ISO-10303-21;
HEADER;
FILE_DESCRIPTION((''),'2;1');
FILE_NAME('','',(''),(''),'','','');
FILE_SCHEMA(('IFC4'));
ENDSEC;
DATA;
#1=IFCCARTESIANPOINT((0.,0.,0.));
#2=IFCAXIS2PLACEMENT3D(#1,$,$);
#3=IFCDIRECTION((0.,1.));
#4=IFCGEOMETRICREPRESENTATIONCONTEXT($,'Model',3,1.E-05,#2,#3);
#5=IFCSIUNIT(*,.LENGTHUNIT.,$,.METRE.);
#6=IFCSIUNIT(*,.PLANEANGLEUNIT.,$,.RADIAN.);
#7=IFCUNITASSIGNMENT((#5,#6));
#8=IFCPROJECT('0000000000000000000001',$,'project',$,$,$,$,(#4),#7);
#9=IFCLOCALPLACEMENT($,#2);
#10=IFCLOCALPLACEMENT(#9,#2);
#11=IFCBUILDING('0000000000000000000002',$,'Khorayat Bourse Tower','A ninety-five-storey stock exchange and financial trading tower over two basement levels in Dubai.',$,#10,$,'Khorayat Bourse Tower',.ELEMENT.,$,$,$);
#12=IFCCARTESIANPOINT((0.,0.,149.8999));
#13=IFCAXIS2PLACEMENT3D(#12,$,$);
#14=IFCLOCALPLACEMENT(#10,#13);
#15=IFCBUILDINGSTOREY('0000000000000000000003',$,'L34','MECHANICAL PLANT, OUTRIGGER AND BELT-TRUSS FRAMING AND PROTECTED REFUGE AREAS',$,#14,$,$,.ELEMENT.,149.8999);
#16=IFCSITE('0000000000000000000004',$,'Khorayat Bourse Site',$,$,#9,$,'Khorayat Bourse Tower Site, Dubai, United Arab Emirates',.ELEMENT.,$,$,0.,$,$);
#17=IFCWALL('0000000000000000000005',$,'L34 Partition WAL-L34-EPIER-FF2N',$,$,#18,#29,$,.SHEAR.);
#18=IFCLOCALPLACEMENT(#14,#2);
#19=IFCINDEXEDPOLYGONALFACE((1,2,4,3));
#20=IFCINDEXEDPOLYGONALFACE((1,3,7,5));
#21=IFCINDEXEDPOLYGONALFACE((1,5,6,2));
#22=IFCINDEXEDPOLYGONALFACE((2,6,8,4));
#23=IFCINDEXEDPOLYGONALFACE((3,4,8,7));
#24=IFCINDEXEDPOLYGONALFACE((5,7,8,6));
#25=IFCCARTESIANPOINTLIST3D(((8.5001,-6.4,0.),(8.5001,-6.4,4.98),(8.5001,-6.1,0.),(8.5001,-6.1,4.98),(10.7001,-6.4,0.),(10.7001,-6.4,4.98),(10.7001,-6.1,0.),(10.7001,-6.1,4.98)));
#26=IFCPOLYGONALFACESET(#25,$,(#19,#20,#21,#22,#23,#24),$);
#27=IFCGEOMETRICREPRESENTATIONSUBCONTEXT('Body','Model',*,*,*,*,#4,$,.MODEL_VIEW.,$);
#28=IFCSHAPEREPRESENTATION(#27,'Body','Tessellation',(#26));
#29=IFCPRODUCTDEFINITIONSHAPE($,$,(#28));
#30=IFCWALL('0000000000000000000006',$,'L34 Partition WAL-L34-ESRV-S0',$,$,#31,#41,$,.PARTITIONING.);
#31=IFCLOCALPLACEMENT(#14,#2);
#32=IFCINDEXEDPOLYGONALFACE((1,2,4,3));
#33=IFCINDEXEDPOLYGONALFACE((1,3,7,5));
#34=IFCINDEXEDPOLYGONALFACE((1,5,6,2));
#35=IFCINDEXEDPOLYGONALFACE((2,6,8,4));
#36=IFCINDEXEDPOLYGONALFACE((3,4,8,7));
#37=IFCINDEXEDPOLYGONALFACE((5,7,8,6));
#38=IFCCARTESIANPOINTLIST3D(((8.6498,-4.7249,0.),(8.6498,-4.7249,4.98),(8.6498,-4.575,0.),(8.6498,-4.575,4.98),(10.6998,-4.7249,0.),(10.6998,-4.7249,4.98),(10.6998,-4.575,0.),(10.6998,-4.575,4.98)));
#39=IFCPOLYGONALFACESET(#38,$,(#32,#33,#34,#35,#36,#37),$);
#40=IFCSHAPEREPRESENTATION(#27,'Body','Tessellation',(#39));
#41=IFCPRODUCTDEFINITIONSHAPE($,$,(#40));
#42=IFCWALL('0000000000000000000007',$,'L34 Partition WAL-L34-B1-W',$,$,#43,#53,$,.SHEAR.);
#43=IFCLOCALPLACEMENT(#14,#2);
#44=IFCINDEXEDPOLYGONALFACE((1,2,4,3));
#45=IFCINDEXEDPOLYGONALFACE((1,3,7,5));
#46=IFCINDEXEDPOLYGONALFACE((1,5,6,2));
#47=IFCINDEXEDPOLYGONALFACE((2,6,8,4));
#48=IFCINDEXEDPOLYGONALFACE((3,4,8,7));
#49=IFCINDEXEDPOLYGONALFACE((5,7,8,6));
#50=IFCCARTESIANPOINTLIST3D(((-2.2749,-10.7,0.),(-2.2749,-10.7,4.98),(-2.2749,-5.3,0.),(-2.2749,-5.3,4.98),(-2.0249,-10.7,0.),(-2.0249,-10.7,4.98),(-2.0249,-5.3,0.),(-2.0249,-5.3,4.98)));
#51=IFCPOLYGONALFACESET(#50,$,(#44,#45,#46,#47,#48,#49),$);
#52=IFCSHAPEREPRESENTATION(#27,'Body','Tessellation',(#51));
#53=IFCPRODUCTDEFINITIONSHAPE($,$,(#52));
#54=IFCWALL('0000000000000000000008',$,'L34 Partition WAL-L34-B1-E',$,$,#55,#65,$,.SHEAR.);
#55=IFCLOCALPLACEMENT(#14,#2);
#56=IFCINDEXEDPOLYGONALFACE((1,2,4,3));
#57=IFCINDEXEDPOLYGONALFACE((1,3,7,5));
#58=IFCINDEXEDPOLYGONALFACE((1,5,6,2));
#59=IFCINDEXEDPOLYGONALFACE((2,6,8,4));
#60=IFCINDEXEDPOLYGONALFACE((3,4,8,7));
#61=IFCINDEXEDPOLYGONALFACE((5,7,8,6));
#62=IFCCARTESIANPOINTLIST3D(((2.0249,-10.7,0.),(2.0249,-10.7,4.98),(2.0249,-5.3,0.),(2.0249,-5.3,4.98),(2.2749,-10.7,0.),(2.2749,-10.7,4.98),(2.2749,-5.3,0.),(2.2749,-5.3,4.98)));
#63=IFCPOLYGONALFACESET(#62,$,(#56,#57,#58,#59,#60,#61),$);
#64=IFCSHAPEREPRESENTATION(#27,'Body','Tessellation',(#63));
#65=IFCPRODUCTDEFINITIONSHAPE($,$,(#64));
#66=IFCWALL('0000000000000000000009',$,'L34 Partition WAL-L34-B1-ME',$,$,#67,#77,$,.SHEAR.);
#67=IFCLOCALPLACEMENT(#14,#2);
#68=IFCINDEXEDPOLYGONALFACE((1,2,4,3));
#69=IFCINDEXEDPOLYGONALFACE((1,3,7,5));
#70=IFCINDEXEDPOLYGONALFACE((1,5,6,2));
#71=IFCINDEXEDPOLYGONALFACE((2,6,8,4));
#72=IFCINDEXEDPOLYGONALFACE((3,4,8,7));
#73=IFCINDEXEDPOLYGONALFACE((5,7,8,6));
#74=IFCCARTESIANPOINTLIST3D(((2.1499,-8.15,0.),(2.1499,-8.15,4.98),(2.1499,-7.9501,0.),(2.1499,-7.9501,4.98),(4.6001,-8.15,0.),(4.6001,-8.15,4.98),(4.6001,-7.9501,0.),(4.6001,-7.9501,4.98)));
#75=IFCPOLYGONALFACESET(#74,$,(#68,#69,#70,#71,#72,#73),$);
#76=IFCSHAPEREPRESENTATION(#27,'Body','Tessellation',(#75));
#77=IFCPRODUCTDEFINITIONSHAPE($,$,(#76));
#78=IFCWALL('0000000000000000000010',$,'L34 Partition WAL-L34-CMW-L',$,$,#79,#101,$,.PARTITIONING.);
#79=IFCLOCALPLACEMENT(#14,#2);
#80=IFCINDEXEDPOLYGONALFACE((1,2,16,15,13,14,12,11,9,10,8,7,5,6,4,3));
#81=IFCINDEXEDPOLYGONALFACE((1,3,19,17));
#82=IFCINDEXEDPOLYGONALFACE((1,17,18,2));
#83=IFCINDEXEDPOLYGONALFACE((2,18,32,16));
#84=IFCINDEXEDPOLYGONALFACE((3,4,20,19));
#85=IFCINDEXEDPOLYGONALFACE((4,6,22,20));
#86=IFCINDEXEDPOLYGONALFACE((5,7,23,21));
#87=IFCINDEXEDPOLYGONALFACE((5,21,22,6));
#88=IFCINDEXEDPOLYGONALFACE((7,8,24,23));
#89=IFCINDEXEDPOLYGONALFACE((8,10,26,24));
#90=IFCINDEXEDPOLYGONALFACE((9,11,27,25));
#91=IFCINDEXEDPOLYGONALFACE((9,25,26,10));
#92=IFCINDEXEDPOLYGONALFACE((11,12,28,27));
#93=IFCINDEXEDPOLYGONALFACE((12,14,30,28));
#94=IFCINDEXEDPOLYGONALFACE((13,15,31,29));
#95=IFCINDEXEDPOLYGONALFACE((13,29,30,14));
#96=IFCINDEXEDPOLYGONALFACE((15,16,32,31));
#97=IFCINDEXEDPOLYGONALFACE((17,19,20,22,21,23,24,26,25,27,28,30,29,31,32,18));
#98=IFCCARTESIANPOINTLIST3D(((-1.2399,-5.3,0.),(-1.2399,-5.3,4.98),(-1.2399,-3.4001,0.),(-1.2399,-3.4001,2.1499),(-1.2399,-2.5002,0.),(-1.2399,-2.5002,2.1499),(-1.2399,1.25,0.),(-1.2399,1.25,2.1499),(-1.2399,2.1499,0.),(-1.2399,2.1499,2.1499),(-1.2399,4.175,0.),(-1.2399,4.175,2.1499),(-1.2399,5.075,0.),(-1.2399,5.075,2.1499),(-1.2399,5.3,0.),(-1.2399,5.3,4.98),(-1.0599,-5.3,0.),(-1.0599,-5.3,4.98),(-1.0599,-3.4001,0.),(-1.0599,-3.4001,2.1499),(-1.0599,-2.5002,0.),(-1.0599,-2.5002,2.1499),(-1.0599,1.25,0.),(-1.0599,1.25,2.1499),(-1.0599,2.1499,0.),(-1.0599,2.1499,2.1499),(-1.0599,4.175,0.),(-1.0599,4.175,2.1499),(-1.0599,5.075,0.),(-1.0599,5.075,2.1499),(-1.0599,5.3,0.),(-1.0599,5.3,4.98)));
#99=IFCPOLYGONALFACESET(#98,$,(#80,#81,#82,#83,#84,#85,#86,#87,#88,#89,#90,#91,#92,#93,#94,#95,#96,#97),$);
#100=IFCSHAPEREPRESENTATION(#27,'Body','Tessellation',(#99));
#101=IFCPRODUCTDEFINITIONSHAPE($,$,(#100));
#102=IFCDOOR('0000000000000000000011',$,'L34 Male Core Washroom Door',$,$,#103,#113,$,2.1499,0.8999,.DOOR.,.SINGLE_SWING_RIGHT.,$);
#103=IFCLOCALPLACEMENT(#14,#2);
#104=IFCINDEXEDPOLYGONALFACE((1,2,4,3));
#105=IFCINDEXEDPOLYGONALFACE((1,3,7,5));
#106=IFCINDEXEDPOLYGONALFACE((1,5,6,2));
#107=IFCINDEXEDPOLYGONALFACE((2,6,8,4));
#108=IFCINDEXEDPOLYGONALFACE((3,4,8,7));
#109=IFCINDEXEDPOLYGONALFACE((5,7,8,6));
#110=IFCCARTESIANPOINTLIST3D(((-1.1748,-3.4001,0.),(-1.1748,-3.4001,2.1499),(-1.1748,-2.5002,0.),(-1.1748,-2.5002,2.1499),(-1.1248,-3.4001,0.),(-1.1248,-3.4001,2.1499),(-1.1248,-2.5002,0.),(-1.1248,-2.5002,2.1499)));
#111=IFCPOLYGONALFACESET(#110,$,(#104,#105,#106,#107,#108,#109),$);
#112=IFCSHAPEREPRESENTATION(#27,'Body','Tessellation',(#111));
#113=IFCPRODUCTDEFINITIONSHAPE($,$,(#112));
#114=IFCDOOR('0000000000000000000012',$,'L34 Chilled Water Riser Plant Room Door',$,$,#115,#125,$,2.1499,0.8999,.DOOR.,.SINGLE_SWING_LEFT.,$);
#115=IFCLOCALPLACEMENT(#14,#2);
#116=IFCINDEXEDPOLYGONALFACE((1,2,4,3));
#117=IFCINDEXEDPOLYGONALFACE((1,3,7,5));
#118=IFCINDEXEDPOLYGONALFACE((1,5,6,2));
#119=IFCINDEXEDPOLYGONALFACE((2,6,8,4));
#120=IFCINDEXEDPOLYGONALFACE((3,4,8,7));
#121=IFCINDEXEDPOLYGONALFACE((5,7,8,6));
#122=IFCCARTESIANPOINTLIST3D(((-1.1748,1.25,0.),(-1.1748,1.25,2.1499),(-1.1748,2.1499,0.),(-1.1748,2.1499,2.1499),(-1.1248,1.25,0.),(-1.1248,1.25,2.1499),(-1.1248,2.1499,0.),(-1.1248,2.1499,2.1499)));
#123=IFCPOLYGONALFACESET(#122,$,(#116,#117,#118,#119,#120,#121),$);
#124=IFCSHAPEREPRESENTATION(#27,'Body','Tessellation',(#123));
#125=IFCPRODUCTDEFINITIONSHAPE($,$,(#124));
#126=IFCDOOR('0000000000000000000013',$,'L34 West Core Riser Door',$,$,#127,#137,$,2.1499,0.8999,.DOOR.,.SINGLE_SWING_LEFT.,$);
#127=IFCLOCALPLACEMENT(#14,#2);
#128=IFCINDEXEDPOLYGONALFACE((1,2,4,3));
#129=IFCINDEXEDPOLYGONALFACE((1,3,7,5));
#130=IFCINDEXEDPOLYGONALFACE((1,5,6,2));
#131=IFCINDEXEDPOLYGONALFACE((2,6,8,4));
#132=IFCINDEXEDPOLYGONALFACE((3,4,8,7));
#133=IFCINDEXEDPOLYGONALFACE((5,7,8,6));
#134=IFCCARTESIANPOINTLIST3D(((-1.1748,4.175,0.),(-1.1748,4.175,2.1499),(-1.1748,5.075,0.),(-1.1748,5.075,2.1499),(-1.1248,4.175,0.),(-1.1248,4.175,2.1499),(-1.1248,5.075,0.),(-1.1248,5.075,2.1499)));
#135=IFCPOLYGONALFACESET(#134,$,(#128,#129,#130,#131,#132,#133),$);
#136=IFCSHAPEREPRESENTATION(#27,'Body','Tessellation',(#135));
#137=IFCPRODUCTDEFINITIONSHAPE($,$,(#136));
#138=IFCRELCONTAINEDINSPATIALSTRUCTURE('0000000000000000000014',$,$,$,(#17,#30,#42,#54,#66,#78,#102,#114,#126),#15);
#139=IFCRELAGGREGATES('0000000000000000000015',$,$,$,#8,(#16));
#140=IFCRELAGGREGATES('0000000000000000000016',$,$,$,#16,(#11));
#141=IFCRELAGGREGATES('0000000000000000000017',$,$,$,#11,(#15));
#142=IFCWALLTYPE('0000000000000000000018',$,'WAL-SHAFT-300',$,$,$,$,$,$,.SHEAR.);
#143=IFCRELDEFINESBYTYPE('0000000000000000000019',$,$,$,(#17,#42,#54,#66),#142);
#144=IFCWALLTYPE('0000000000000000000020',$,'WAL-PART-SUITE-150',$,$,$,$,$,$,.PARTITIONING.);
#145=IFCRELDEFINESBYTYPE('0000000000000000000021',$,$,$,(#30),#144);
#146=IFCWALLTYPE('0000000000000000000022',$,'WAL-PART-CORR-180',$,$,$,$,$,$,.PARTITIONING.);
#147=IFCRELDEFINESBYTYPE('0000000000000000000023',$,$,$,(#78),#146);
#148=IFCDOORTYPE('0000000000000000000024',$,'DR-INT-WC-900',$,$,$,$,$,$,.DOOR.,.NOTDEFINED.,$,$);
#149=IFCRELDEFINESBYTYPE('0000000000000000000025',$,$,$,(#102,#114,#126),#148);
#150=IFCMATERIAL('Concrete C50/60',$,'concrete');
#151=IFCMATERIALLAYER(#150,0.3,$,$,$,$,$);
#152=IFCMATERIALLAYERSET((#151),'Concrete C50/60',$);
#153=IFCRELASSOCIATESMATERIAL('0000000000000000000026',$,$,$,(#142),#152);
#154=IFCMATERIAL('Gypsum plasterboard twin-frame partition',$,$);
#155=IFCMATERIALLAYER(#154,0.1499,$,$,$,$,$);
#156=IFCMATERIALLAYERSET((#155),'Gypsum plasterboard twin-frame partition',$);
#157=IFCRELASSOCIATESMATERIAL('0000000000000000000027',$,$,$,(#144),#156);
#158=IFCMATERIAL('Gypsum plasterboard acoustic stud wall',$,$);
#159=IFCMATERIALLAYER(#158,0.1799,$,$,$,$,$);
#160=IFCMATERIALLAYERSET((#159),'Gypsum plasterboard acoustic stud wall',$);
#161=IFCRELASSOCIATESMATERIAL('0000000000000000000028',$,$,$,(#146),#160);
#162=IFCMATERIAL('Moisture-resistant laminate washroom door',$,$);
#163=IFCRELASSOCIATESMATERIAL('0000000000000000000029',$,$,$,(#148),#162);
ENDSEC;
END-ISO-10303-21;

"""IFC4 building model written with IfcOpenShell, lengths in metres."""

from ifc_helpers import new_model, si_unit, direction, frame, frame_2d, origin, place, context, subcontext, project, spatial, rectangle, extrude, source, transform, mapped, material, layer, layer_set, type_object, element, fill, save


model = new_model("IFC4")

# Units and contexts
model_context = context("Model", 3, precision=1e-05, world=origin(), true_north=direction((0.0, 1.0)))
body_context = subcontext(model_context, "Body", "Model", "MODEL_VIEW")
ifc_project = project(units=[si_unit("LENGTHUNIT", "METRE"), si_unit("PLANEANGLEUNIT", "RADIAN")], contexts=[model_context])

# Site, building, storey
site_placement = place(None, origin())
site = spatial("IfcSite", under=ifc_project, at=site_placement, Name="Khorayat Bourse Site", LongName="Khorayat Bourse Tower Site, Dubai, United Arab Emirates", CompositionType="ELEMENT", RefElevation=0.0)
building_placement = place(site_placement, origin())
building = spatial("IfcBuilding", under=site, at=building_placement, Name="Khorayat Bourse Tower", Description="A ninety-five-storey stock exchange and financial trading tower over two basement levels in Dubai.", LongName="Khorayat Bourse Tower", CompositionType="ELEMENT")
storey_placement = place(building_placement, frame((0.0, 0.0, 149.8999)))
storey = spatial("IfcBuildingStorey", under=building, at=storey_placement, Name="L34", Description="MECHANICAL PLANT, OUTRIGGER AND BELT-TRUSS FRAMING AND PROTECTED REFUGE AREAS", CompositionType="ELEMENT", Elevation=149.8999)

# Walls
ifc_material_1 = material(Name="Concrete C50/60", Category="concrete")
ifc_layer_1 = layer(ifc_material_1, 0.3)
ifc_layer_set_1 = layer_set([ifc_layer_1], Name="Concrete C50/60")
wall_type_1 = type_object("IfcWallType", Name="WAL-SHAFT-300", PredefinedType="SHEAR", material=ifc_layer_set_1)
shared_shape_1 = source(origin(), body_context, "Body", "SweptSolid", [
    extrude(rectangle(XDim=2.2, YDim=0.3, at=frame_2d((1.1001, 0.0))), origin(), (0.0, 0.0, 1.0), 4.98),
])
for number, where, z_axis, x_axis, name in (
    (1, (8.5, -6.25, 0.0), (0.0, 0.0, 1.0), (1.0, 0.0, 0.0), "L34 Partition WAL-L34-EPIER-FF2N"),
):
    element("IfcWall", number, at=place(storey_placement, frame(where, z_axis=z_axis, x_axis=x_axis)), inside=storey, type_object=wall_type_1, Name=name, PredefinedType="SHEAR", context=body_context, shape_type="MappedRepresentation", body=[
        mapped(shared_shape_1, transform((0.0, 0.0, 0.0), scale=1.0)),
    ])
ifc_material_2 = material(Name="Gypsum plasterboard twin-frame partition")
ifc_layer_2 = layer(ifc_material_2, 0.1499)
ifc_layer_set_2 = layer_set([ifc_layer_2], Name="Gypsum plasterboard twin-frame partition")
wall_type_2 = type_object("IfcWallType", Name="WAL-PART-SUITE-150", PredefinedType="PARTITIONING", material=ifc_layer_set_2)
shared_shape_2 = source(origin(), body_context, "Body", "SweptSolid", [
    extrude(rectangle(XDim=2.05, YDim=0.1499, at=frame_2d((1.0249, 0.0))), origin(), (0.0, 0.0, 1.0), 4.98),
])
wall_1_placement = place(storey_placement, frame((8.6499, -4.6499, 0.0), z_axis=(0.0, 0.0, 1.0), x_axis=(1.0, 0.0, 0.0)))
element("IfcWall", 2, at=wall_1_placement, inside=storey, type_object=wall_type_2, Name="L34 Partition WAL-L34-ESRV-S0", PredefinedType="PARTITIONING", context=body_context, shape_type="MappedRepresentation", body=[
    mapped(shared_shape_2, transform((0.0, 0.0, 0.0), scale=1.0)),
])
shared_shape_3 = source(origin(), body_context, "Body", "SweptSolid", [
    extrude(rectangle(XDim=5.3999, YDim=0.25, at=frame_2d((2.7, 0.0))), origin(), (0.0, 0.0, 1.0), 4.98),
])
for number, where, z_axis, x_axis, name in (
    (3, (-2.1499, -10.7, 0.0), (0.0, 0.0, 1.0), (0.0, 1.0, 0.0), "L34 Partition WAL-L34-B1-W"),
    (4, (2.1499, -10.7, 0.0), (0.0, 0.0, 1.0), (0.0, 1.0, 0.0), "L34 Partition WAL-L34-B1-E"),
):
    element("IfcWall", number, at=place(storey_placement, frame(where, z_axis=z_axis, x_axis=x_axis)), inside=storey, type_object=wall_type_1, Name=name, PredefinedType="SHEAR", context=body_context, shape_type="MappedRepresentation", body=[
        mapped(shared_shape_3, transform((0.0, 0.0, 0.0), scale=1.0)),
    ])
shared_shape_4 = source(origin(), body_context, "Body", "SweptSolid", [
    extrude(rectangle(XDim=2.4502, YDim=0.2, at=frame_2d((1.2251, 0.0))), origin(), (0.0, 0.0, 1.0), 4.98),
])
wall_2_placement = place(storey_placement, frame((2.1499, -8.05, 0.0), z_axis=(0.0, 0.0, 1.0), x_axis=(1.0, 0.0, 0.0)))
element("IfcWall", 5, at=wall_2_placement, inside=storey, type_object=wall_type_1, Name="L34 Partition WAL-L34-B1-ME", PredefinedType="SHEAR", context=body_context, shape_type="MappedRepresentation", body=[
    mapped(shared_shape_4, transform((0.0, 0.0, 0.0), scale=1.0)),
])

# Wall, openings, doors
ifc_material_3 = material(Name="Gypsum plasterboard acoustic stud wall")
ifc_layer_3 = layer(ifc_material_3, 0.1799)
ifc_layer_set_3 = layer_set([ifc_layer_3], Name="Gypsum plasterboard acoustic stud wall")
wall_type_3 = type_object("IfcWallType", Name="WAL-PART-CORR-180", PredefinedType="PARTITIONING", material=ifc_layer_set_3)
shared_shape_5 = source(origin(), body_context, "Body", "SweptSolid", [
    extrude(rectangle(XDim=10.6001, YDim=0.1799, at=frame_2d((5.3, 0.0))), origin(), (0.0, 0.0, 1.0), 4.98),
])
wall_3_placement = place(storey_placement, frame((-1.1499, -5.3, 0.0), z_axis=(0.0, 0.0, 1.0), x_axis=(0.0, 1.0, 0.0)))
wall_3 = element("IfcWall", 6, at=wall_3_placement, inside=storey, type_object=wall_type_3, Name="L34 Partition WAL-L34-CMW-L", PredefinedType="PARTITIONING", context=body_context, shape_type="MappedRepresentation", body=[
    mapped(shared_shape_5, transform((0.0, 0.0, 0.0), scale=1.0)),
])
shared_shape_6 = source(origin(), body_context, "Body", "SweptSolid", [
    extrude(rectangle(XDim=0.8999, YDim=2.1499, at=frame_2d((0.45, 1.075))), frame((0.0, 0.0999, 0.0), z_axis=(0.0, -1.0, 0.0), x_axis=(1.0, 0.0, 0.0)), (0.0, 0.0, 1.0), 0.2),
])
opening_1_placement = place(wall_3_placement, frame((1.8999, 0.0, 0.0)))
opening_1 = element("IfcOpeningElement", 7, at=opening_1_placement, cuts=wall_3, PredefinedType="OPENING", context=body_context, shape_type="MappedRepresentation", body=[
    mapped(shared_shape_6, transform((0.0, 0.0, 0.0), scale=1.0)),
])
opening_2_placement = place(wall_3_placement, frame((6.55, 0.0, 0.0)))
opening_2 = element("IfcOpeningElement", 8, at=opening_2_placement, cuts=wall_3, PredefinedType="OPENING", context=body_context, shape_type="MappedRepresentation", body=[
    mapped(shared_shape_6, transform((0.0, 0.0, 0.0), scale=1.0)),
])
opening_3_placement = place(wall_3_placement, frame((9.4751, 0.0, 0.0)))
opening_3 = element("IfcOpeningElement", 9, at=opening_3_placement, cuts=wall_3, PredefinedType="OPENING", context=body_context, shape_type="MappedRepresentation", body=[
    mapped(shared_shape_6, transform((0.0, 0.0, 0.0), scale=1.0)),
])
ifc_material_4 = material(Name="Moisture-resistant laminate washroom door")
door_type = type_object("IfcDoorType", Name="DR-INT-WC-900", OperationType="NOTDEFINED", PredefinedType="DOOR", material=ifc_material_4)
shared_shape_7 = source(origin(), body_context, "Body", "SweptSolid", [
    extrude(rectangle(XDim=0.8999, YDim=2.1499, at=frame_2d((0.45, 1.075))), frame((0.0, 0.0249, 0.0), z_axis=(0.0, -1.0, 0.0), x_axis=(1.0, 0.0, 0.0)), (0.0, 0.0, 1.0), 0.05),
])
door_1_placement = place(opening_1_placement, origin())
door_1 = element("IfcDoor", 10, at=door_1_placement, inside=storey, type_object=door_type, Name="L34 Male Core Washroom Door", OperationType="SINGLE_SWING_RIGHT", OverallHeight=2.1499, OverallWidth=0.8999, PredefinedType="DOOR", context=body_context, shape_type="MappedRepresentation", body=[
    mapped(shared_shape_7, transform((0.0, 0.0, 0.0), scale=1.0)),
])
fill(opening_1, door_1)
door_2_placement = place(opening_2_placement, origin())
door_2 = element("IfcDoor", 11, at=door_2_placement, inside=storey, type_object=door_type, Name="L34 Chilled Water Riser Plant Room Door", OperationType="SINGLE_SWING_LEFT", OverallHeight=2.1499, OverallWidth=0.8999, PredefinedType="DOOR", context=body_context, shape_type="MappedRepresentation", body=[
    mapped(shared_shape_7, transform((0.0, 0.0, 0.0), scale=1.0)),
])
fill(opening_2, door_2)
door_3_placement = place(opening_3_placement, origin())
door_3 = element("IfcDoor", 12, at=door_3_placement, inside=storey, type_object=door_type, Name="L34 West Core Riser Door", OperationType="SINGLE_SWING_LEFT", OverallHeight=2.1499, OverallWidth=0.8999, PredefinedType="DOOR", context=body_context, shape_type="MappedRepresentation", body=[
    mapped(shared_shape_7, transform((0.0, 0.0, 0.0), scale=1.0)),
])
fill(opening_3, door_3)

save(model, "model.ifc")
